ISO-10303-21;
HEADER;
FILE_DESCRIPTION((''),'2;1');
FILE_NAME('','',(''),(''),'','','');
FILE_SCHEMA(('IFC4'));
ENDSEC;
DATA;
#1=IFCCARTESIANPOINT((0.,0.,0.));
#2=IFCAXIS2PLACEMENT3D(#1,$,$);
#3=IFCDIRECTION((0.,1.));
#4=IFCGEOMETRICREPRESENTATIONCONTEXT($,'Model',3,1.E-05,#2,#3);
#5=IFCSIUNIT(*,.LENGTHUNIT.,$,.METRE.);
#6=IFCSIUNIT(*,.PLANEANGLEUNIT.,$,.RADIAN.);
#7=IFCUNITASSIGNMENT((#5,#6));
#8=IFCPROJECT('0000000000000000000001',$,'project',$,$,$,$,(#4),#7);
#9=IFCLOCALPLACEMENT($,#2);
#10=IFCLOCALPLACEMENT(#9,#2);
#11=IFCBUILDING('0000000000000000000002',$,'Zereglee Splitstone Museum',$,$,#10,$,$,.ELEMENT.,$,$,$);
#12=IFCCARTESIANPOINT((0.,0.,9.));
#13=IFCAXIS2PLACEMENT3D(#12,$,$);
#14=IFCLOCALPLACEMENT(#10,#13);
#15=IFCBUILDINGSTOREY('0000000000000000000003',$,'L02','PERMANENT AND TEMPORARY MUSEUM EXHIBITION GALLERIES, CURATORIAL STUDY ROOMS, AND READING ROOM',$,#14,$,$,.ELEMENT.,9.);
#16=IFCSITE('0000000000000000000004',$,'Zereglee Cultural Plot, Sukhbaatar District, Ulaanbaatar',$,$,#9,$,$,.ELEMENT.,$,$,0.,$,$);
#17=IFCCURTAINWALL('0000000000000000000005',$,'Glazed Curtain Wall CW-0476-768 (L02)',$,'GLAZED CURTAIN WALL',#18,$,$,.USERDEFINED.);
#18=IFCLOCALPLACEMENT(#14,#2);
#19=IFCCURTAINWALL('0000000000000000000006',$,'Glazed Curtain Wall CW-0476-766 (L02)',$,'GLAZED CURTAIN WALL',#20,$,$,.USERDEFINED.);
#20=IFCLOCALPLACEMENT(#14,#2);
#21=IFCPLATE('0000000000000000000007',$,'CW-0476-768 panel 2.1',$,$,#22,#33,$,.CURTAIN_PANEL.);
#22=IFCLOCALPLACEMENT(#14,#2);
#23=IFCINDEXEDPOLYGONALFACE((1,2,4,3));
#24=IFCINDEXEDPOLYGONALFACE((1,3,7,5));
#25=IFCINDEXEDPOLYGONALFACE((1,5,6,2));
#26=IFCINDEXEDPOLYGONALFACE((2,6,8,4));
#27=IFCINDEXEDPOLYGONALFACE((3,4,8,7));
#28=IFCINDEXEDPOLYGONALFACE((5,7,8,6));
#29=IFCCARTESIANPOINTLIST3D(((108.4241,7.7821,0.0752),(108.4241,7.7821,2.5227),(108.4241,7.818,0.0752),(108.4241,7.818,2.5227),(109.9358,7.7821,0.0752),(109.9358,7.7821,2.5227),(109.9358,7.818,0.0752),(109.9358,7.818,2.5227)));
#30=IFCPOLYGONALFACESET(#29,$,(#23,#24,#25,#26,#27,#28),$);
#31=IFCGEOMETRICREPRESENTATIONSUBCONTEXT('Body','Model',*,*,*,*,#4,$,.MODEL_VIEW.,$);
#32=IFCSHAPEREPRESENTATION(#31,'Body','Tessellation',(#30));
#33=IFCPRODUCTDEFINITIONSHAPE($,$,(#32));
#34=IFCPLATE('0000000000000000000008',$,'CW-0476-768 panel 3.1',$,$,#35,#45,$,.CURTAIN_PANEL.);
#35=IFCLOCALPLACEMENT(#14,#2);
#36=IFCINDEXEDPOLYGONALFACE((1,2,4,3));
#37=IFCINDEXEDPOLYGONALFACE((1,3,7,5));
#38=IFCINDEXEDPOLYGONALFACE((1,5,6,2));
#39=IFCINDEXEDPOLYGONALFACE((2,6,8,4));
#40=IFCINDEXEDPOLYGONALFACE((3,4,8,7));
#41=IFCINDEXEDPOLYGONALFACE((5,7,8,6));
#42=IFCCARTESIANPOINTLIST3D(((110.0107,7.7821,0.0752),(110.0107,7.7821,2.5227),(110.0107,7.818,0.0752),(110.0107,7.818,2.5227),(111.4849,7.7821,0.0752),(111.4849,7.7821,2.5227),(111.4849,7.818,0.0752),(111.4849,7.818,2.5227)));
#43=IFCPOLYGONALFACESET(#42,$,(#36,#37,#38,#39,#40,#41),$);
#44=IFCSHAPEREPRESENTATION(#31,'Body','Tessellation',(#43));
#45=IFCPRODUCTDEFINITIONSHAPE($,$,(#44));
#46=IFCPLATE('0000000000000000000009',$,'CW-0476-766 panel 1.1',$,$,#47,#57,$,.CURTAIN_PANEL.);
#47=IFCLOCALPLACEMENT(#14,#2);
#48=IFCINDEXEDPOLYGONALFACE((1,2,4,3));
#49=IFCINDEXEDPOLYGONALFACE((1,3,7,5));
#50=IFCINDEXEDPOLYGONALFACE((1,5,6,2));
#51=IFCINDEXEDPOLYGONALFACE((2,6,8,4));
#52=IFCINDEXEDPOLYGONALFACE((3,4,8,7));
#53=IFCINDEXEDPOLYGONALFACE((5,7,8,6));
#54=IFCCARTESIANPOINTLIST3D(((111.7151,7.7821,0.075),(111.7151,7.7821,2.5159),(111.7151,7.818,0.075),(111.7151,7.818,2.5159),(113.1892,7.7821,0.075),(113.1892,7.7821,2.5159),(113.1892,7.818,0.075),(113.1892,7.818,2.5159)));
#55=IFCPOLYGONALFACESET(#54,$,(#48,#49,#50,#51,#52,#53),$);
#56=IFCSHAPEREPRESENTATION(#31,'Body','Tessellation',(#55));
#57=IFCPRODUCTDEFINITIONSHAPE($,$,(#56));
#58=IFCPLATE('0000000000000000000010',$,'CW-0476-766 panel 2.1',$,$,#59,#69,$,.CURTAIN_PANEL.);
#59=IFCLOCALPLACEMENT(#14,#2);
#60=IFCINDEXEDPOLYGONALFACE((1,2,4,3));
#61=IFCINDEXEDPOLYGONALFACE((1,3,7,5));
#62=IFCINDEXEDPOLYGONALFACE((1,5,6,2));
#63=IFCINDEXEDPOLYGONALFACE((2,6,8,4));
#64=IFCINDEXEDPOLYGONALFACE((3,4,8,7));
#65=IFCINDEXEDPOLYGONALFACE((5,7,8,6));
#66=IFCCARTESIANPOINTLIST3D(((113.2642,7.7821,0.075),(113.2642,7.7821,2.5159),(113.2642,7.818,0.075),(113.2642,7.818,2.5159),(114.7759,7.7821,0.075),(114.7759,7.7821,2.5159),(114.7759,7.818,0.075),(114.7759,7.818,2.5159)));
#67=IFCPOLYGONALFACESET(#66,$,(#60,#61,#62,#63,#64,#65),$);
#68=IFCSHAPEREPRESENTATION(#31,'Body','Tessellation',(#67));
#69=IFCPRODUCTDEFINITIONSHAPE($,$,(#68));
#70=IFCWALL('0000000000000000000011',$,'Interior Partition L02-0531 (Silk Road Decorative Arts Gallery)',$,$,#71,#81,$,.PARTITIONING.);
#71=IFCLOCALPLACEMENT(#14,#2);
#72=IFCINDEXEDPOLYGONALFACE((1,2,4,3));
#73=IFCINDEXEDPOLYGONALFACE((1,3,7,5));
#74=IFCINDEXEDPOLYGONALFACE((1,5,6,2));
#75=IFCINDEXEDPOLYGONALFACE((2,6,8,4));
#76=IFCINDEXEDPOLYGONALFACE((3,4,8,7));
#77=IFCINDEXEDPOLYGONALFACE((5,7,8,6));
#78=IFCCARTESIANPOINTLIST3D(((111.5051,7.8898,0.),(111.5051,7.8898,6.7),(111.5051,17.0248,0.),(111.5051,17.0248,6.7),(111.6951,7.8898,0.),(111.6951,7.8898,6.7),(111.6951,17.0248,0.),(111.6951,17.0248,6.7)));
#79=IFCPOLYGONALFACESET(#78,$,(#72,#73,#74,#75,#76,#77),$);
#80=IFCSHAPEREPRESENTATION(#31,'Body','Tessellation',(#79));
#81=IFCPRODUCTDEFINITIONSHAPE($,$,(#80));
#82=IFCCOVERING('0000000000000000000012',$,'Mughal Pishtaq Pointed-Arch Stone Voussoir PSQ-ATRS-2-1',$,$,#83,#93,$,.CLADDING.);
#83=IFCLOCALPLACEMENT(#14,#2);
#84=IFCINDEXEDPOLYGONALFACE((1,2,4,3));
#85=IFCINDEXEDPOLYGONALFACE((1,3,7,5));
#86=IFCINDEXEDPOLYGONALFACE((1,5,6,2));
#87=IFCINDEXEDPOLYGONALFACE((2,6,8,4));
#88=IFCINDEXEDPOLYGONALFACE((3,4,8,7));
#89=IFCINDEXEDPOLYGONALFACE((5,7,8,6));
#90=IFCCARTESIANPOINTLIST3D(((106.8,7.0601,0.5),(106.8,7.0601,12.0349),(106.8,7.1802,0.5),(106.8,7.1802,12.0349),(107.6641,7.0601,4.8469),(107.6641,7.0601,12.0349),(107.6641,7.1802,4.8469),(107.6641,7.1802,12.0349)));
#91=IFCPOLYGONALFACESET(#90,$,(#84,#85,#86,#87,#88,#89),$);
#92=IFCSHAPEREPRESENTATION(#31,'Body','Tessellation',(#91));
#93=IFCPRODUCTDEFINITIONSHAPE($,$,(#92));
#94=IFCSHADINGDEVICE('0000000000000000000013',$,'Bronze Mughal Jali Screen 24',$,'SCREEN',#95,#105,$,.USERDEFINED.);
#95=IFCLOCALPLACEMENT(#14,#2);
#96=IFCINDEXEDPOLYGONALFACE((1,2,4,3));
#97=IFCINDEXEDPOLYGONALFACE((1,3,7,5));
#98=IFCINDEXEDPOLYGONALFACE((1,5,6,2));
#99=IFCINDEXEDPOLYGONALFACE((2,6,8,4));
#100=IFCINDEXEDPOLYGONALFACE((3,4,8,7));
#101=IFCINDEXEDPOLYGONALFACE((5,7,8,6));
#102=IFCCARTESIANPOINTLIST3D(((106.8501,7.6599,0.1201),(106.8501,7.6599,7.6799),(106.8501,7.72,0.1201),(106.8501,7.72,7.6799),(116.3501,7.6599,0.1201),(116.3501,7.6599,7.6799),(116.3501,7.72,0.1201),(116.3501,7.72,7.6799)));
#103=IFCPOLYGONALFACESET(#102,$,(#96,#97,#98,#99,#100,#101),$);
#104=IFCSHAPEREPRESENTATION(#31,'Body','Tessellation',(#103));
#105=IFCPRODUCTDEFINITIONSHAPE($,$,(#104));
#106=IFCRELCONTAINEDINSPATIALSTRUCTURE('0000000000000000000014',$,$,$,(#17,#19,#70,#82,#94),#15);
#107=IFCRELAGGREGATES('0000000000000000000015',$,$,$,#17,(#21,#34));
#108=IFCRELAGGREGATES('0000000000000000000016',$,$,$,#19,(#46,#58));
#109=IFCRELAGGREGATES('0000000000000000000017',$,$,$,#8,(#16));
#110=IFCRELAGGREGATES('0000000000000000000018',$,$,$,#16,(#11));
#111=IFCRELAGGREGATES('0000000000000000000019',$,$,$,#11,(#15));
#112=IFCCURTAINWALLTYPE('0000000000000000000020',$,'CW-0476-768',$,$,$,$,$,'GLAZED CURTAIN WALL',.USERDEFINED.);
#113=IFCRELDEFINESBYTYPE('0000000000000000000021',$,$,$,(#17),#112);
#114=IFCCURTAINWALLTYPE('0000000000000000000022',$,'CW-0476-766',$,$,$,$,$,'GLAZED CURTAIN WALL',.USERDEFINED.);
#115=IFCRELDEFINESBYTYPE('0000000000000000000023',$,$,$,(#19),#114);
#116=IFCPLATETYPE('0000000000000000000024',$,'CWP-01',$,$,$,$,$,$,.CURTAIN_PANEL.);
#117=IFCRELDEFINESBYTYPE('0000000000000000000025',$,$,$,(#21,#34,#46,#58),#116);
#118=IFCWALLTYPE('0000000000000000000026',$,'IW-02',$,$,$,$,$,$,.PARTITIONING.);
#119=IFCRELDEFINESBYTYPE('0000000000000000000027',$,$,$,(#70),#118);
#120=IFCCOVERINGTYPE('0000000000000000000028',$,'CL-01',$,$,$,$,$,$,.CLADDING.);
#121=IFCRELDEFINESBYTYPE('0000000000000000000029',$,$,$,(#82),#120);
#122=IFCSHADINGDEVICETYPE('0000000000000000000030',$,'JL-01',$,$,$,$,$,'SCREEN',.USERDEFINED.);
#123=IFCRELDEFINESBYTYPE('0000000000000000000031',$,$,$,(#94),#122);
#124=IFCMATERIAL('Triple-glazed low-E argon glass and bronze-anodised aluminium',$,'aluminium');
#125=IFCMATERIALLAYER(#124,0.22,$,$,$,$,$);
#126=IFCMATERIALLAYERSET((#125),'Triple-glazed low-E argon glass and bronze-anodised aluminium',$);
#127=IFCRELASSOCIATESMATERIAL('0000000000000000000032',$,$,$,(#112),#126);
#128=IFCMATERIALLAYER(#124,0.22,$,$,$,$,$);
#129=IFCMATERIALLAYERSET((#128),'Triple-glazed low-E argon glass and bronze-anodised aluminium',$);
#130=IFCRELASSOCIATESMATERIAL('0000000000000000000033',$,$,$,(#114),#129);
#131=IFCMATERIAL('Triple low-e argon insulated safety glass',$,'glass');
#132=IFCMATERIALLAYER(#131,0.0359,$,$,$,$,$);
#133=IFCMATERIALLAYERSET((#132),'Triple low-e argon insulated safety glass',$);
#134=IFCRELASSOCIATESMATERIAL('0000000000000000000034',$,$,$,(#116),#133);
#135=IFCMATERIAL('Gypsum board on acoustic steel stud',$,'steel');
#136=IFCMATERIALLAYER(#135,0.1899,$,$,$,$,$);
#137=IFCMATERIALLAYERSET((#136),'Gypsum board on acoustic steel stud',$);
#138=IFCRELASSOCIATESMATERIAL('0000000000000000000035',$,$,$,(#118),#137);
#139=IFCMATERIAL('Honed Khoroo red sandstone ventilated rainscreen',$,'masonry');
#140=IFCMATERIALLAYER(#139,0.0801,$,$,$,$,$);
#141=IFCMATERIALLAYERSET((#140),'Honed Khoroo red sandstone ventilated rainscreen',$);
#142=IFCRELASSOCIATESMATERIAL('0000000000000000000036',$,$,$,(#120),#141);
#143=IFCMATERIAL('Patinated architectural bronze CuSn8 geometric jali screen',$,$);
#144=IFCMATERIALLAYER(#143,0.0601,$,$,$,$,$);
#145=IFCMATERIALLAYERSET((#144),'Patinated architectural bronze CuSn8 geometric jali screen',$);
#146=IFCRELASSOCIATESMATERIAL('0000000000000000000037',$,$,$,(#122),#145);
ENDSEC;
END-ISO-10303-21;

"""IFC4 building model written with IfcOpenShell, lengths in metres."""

from ifc_helpers import new_model, si_unit, direction, frame, frame_2d, origin, origin_2d, place, context, subcontext, project, spatial, polyline, rectangle, outline, extrude, material, layer, layer_set, type_object, element, aggregate, save


model = new_model("IFC4")

# Units and contexts
model_context = context("Model", 3, precision=1e-05, world=origin(), true_north=direction((0.0, 1.0)))
body_context = subcontext(model_context, "Body", "Model", "MODEL_VIEW")
ifc_project = project(units=[si_unit("LENGTHUNIT", "METRE"), si_unit("PLANEANGLEUNIT", "RADIAN")], contexts=[model_context])

# Site, building, storey
site_placement = place(None, origin())
site = spatial("IfcSite", under=ifc_project, at=site_placement, Name="Zereglee Cultural Plot, Sukhbaatar District, Ulaanbaatar", CompositionType="ELEMENT", RefElevation=0.0)
building_placement = place(site_placement, origin())
building = spatial("IfcBuilding", under=site, at=building_placement, Name="Zereglee Splitstone Museum", CompositionType="ELEMENT")
storey_placement = place(building_placement, frame((0.0, 0.0, 9.0)))
storey = spatial("IfcBuildingStorey", under=building, at=storey_placement, Name="L02", Description="PERMANENT AND TEMPORARY MUSEUM EXHIBITION GALLERIES, CURATORIAL STUDY ROOMS, AND READING ROOM", CompositionType="ELEMENT", Elevation=9.0)

# Shared definitions
ifc_material_1 = material(Name="Triple-glazed low-E argon glass and bronze-anodised aluminium", Category="aluminium")

# Curtain walls
ifc_layer_1 = layer(ifc_material_1, 0.22)
ifc_layer_set_1 = layer_set([ifc_layer_1], Name="Triple-glazed low-E argon glass and bronze-anodised aluminium")
curtain_wall_type_1 = type_object("IfcCurtainWallType", Name="CW-0476-768", ElementType="GLAZED CURTAIN WALL", PredefinedType="USERDEFINED", material=ifc_layer_set_1)
curtain_wall_1_placement = place(storey_placement, origin())
curtain_wall_1 = element("IfcCurtainWall", 1, at=curtain_wall_1_placement, inside=storey, type_object=curtain_wall_type_1, Name="Glazed Curtain Wall CW-0476-768 (L02)", ObjectType="GLAZED CURTAIN WALL", PredefinedType="USERDEFINED")
ifc_layer_2 = layer(ifc_material_1, 0.22)
ifc_layer_set_2 = layer_set([ifc_layer_2], Name="Triple-glazed low-E argon glass and bronze-anodised aluminium")
curtain_wall_type_2 = type_object("IfcCurtainWallType", Name="CW-0476-766", ElementType="GLAZED CURTAIN WALL", PredefinedType="USERDEFINED", material=ifc_layer_set_2)
curtain_wall_2_placement = place(storey_placement, origin())
curtain_wall_2 = element("IfcCurtainWall", 2, at=curtain_wall_2_placement, inside=storey, type_object=curtain_wall_type_2, Name="Glazed Curtain Wall CW-0476-766 (L02)", ObjectType="GLAZED CURTAIN WALL", PredefinedType="USERDEFINED")

# Plates
ifc_material_2 = material(Name="Triple low-e argon insulated safety glass", Category="glass")
ifc_layer_3 = layer(ifc_material_2, 0.0359)
ifc_layer_set_3 = layer_set([ifc_layer_3], Name="Triple low-e argon insulated safety glass")
plate_type = type_object("IfcPlateType", Name="CWP-01", PredefinedType="CURTAIN_PANEL", material=ifc_layer_set_3)
plate_1_placement = place(storey_placement, frame((109.1799, 7.8, 0.0752), z_axis=(0.0, 0.0, 1.0), x_axis=(1.0, 0.0, 0.0)))
plate_1 = element("IfcPlate", 3, at=plate_1_placement, type_object=plate_type, Name="CW-0476-768 panel 2.1", PredefinedType="CURTAIN_PANEL", context=body_context, shape_type="SweptSolid", body=[
    extrude(rectangle(XDim=1.5117, YDim=0.0359, at=origin_2d()), origin(), (0.0, 0.0, 1.0), 2.4475),
])
plate_2_placement = place(storey_placement, frame((110.7478, 7.8, 0.0752), z_axis=(0.0, 0.0, 1.0), x_axis=(1.0, 0.0, 0.0)))
plate_2 = element("IfcPlate", 4, at=plate_2_placement, type_object=plate_type, Name="CW-0476-768 panel 3.1", PredefinedType="CURTAIN_PANEL", context=body_context, shape_type="SweptSolid", body=[
    extrude(rectangle(XDim=1.4741, YDim=0.0359, at=origin_2d()), origin(), (0.0, 0.0, 1.0), 2.4475),
])
aggregate(curtain_wall_1, [plate_1, plate_2])
plate_3_placement = place(storey_placement, frame((112.4521, 7.8, 0.075), z_axis=(0.0, 0.0, 1.0), x_axis=(1.0, 0.0, 0.0)))
plate_3 = element("IfcPlate", 5, at=plate_3_placement, type_object=plate_type, Name="CW-0476-766 panel 1.1", PredefinedType="CURTAIN_PANEL", context=body_context, shape_type="SweptSolid", body=[
    extrude(rectangle(XDim=1.4741, YDim=0.0359, at=origin_2d()), origin(), (0.0, 0.0, 1.0), 2.4409),
])
plate_4_placement = place(storey_placement, frame((114.02, 7.8, 0.075), z_axis=(0.0, 0.0, 1.0), x_axis=(1.0, 0.0, 0.0)))
plate_4 = element("IfcPlate", 6, at=plate_4_placement, type_object=plate_type, Name="CW-0476-766 panel 2.1", PredefinedType="CURTAIN_PANEL", context=body_context, shape_type="SweptSolid", body=[
    extrude(rectangle(XDim=1.5117, YDim=0.0359, at=origin_2d()), origin(), (0.0, 0.0, 1.0), 2.4409),
])
aggregate(curtain_wall_2, [plate_3, plate_4])

# Wall
ifc_material_3 = material(Name="Gypsum board on acoustic steel stud", Category="steel")
ifc_layer_4 = layer(ifc_material_3, 0.1899)
ifc_layer_set_4 = layer_set([ifc_layer_4], Name="Gypsum board on acoustic steel stud")
wall_type = type_object("IfcWallType", Name="IW-02", PredefinedType="PARTITIONING", material=ifc_layer_set_4)
wall_placement = place(storey_placement, frame((111.6001, 7.8899, 0.0), z_axis=(0.0, 0.0, 1.0), x_axis=(0.0, 1.0, 0.0)))
element("IfcWall", 7, at=wall_placement, inside=storey, type_object=wall_type, Name="Interior Partition L02-0531 (Silk Road Decorative Arts Gallery)", PredefinedType="PARTITIONING", context=body_context, shape_type="SweptSolid", body=[
    extrude(rectangle(XDim=9.135, YDim=0.1899, at=frame_2d((4.5674, 0.0))), origin(), (0.0, 0.0, 1.0), 6.7),
])

# Covering
ifc_material_4 = material(Name="Honed Khoroo red sandstone ventilated rainscreen", Category="masonry")
ifc_layer_5 = layer(ifc_material_4, 0.0801)
ifc_layer_set_5 = layer_set([ifc_layer_5], Name="Honed Khoroo red sandstone ventilated rainscreen")
covering_type = type_object("IfcCoveringType", Name="CL-01", PredefinedType="CLADDING", material=ifc_layer_set_5)
covering_placement = place(storey_placement, frame((106.8, 7.0601, 0.5), z_axis=(0.0, -1.0, 0.0), x_axis=(0.194951, 0.0, 0.980813)))
element("IfcCovering", 8, at=covering_placement, inside=storey, type_object=covering_type, Name="Mughal Pishtaq Pointed-Arch Stone Voussoir PSQ-ATRS-2-1", PredefinedType="CLADDING", context=body_context, shape_type="SweptSolid", body=[
    extrude(outline(polyline([(0.0, 0.0), (4.432, 0.0), (11.482, 1.4013), (11.3136, 2.2487), (0.0, 0.0)])), origin(), (0.0, 0.0, -1.0), 0.1201),
])

# Shading device
ifc_material_5 = material(Name="Patinated architectural bronze CuSn8 geometric jali screen")
ifc_layer_6 = layer(ifc_material_5, 0.0601)
ifc_layer_set_6 = layer_set([ifc_layer_6], Name="Patinated architectural bronze CuSn8 geometric jali screen")
shading_device_type = type_object("IfcShadingDeviceType", Name="JL-01", ElementType="SCREEN", PredefinedType="USERDEFINED", material=ifc_layer_set_6)
shading_device_placement = place(storey_placement, frame((106.8501, 7.72, 0.1201), z_axis=(0.0, -1.0, 0.0), x_axis=(1.0, 0.0, 0.0)))
element("IfcShadingDevice", 9, at=shading_device_placement, inside=storey, type_object=shading_device_type, Name="Bronze Mughal Jali Screen 24", ObjectType="SCREEN", PredefinedType="USERDEFINED", context=body_context, shape_type="SweptSolid", body=[
    extrude(outline(polyline([(0.0, 0.0), (9.5, 0.0), (9.5, 7.5598), (0.0, 7.5598), (0.0, 0.0)])), origin(), (0.0, 0.0, 1.0), 0.0601),
])

save(model, "model.ifc")
